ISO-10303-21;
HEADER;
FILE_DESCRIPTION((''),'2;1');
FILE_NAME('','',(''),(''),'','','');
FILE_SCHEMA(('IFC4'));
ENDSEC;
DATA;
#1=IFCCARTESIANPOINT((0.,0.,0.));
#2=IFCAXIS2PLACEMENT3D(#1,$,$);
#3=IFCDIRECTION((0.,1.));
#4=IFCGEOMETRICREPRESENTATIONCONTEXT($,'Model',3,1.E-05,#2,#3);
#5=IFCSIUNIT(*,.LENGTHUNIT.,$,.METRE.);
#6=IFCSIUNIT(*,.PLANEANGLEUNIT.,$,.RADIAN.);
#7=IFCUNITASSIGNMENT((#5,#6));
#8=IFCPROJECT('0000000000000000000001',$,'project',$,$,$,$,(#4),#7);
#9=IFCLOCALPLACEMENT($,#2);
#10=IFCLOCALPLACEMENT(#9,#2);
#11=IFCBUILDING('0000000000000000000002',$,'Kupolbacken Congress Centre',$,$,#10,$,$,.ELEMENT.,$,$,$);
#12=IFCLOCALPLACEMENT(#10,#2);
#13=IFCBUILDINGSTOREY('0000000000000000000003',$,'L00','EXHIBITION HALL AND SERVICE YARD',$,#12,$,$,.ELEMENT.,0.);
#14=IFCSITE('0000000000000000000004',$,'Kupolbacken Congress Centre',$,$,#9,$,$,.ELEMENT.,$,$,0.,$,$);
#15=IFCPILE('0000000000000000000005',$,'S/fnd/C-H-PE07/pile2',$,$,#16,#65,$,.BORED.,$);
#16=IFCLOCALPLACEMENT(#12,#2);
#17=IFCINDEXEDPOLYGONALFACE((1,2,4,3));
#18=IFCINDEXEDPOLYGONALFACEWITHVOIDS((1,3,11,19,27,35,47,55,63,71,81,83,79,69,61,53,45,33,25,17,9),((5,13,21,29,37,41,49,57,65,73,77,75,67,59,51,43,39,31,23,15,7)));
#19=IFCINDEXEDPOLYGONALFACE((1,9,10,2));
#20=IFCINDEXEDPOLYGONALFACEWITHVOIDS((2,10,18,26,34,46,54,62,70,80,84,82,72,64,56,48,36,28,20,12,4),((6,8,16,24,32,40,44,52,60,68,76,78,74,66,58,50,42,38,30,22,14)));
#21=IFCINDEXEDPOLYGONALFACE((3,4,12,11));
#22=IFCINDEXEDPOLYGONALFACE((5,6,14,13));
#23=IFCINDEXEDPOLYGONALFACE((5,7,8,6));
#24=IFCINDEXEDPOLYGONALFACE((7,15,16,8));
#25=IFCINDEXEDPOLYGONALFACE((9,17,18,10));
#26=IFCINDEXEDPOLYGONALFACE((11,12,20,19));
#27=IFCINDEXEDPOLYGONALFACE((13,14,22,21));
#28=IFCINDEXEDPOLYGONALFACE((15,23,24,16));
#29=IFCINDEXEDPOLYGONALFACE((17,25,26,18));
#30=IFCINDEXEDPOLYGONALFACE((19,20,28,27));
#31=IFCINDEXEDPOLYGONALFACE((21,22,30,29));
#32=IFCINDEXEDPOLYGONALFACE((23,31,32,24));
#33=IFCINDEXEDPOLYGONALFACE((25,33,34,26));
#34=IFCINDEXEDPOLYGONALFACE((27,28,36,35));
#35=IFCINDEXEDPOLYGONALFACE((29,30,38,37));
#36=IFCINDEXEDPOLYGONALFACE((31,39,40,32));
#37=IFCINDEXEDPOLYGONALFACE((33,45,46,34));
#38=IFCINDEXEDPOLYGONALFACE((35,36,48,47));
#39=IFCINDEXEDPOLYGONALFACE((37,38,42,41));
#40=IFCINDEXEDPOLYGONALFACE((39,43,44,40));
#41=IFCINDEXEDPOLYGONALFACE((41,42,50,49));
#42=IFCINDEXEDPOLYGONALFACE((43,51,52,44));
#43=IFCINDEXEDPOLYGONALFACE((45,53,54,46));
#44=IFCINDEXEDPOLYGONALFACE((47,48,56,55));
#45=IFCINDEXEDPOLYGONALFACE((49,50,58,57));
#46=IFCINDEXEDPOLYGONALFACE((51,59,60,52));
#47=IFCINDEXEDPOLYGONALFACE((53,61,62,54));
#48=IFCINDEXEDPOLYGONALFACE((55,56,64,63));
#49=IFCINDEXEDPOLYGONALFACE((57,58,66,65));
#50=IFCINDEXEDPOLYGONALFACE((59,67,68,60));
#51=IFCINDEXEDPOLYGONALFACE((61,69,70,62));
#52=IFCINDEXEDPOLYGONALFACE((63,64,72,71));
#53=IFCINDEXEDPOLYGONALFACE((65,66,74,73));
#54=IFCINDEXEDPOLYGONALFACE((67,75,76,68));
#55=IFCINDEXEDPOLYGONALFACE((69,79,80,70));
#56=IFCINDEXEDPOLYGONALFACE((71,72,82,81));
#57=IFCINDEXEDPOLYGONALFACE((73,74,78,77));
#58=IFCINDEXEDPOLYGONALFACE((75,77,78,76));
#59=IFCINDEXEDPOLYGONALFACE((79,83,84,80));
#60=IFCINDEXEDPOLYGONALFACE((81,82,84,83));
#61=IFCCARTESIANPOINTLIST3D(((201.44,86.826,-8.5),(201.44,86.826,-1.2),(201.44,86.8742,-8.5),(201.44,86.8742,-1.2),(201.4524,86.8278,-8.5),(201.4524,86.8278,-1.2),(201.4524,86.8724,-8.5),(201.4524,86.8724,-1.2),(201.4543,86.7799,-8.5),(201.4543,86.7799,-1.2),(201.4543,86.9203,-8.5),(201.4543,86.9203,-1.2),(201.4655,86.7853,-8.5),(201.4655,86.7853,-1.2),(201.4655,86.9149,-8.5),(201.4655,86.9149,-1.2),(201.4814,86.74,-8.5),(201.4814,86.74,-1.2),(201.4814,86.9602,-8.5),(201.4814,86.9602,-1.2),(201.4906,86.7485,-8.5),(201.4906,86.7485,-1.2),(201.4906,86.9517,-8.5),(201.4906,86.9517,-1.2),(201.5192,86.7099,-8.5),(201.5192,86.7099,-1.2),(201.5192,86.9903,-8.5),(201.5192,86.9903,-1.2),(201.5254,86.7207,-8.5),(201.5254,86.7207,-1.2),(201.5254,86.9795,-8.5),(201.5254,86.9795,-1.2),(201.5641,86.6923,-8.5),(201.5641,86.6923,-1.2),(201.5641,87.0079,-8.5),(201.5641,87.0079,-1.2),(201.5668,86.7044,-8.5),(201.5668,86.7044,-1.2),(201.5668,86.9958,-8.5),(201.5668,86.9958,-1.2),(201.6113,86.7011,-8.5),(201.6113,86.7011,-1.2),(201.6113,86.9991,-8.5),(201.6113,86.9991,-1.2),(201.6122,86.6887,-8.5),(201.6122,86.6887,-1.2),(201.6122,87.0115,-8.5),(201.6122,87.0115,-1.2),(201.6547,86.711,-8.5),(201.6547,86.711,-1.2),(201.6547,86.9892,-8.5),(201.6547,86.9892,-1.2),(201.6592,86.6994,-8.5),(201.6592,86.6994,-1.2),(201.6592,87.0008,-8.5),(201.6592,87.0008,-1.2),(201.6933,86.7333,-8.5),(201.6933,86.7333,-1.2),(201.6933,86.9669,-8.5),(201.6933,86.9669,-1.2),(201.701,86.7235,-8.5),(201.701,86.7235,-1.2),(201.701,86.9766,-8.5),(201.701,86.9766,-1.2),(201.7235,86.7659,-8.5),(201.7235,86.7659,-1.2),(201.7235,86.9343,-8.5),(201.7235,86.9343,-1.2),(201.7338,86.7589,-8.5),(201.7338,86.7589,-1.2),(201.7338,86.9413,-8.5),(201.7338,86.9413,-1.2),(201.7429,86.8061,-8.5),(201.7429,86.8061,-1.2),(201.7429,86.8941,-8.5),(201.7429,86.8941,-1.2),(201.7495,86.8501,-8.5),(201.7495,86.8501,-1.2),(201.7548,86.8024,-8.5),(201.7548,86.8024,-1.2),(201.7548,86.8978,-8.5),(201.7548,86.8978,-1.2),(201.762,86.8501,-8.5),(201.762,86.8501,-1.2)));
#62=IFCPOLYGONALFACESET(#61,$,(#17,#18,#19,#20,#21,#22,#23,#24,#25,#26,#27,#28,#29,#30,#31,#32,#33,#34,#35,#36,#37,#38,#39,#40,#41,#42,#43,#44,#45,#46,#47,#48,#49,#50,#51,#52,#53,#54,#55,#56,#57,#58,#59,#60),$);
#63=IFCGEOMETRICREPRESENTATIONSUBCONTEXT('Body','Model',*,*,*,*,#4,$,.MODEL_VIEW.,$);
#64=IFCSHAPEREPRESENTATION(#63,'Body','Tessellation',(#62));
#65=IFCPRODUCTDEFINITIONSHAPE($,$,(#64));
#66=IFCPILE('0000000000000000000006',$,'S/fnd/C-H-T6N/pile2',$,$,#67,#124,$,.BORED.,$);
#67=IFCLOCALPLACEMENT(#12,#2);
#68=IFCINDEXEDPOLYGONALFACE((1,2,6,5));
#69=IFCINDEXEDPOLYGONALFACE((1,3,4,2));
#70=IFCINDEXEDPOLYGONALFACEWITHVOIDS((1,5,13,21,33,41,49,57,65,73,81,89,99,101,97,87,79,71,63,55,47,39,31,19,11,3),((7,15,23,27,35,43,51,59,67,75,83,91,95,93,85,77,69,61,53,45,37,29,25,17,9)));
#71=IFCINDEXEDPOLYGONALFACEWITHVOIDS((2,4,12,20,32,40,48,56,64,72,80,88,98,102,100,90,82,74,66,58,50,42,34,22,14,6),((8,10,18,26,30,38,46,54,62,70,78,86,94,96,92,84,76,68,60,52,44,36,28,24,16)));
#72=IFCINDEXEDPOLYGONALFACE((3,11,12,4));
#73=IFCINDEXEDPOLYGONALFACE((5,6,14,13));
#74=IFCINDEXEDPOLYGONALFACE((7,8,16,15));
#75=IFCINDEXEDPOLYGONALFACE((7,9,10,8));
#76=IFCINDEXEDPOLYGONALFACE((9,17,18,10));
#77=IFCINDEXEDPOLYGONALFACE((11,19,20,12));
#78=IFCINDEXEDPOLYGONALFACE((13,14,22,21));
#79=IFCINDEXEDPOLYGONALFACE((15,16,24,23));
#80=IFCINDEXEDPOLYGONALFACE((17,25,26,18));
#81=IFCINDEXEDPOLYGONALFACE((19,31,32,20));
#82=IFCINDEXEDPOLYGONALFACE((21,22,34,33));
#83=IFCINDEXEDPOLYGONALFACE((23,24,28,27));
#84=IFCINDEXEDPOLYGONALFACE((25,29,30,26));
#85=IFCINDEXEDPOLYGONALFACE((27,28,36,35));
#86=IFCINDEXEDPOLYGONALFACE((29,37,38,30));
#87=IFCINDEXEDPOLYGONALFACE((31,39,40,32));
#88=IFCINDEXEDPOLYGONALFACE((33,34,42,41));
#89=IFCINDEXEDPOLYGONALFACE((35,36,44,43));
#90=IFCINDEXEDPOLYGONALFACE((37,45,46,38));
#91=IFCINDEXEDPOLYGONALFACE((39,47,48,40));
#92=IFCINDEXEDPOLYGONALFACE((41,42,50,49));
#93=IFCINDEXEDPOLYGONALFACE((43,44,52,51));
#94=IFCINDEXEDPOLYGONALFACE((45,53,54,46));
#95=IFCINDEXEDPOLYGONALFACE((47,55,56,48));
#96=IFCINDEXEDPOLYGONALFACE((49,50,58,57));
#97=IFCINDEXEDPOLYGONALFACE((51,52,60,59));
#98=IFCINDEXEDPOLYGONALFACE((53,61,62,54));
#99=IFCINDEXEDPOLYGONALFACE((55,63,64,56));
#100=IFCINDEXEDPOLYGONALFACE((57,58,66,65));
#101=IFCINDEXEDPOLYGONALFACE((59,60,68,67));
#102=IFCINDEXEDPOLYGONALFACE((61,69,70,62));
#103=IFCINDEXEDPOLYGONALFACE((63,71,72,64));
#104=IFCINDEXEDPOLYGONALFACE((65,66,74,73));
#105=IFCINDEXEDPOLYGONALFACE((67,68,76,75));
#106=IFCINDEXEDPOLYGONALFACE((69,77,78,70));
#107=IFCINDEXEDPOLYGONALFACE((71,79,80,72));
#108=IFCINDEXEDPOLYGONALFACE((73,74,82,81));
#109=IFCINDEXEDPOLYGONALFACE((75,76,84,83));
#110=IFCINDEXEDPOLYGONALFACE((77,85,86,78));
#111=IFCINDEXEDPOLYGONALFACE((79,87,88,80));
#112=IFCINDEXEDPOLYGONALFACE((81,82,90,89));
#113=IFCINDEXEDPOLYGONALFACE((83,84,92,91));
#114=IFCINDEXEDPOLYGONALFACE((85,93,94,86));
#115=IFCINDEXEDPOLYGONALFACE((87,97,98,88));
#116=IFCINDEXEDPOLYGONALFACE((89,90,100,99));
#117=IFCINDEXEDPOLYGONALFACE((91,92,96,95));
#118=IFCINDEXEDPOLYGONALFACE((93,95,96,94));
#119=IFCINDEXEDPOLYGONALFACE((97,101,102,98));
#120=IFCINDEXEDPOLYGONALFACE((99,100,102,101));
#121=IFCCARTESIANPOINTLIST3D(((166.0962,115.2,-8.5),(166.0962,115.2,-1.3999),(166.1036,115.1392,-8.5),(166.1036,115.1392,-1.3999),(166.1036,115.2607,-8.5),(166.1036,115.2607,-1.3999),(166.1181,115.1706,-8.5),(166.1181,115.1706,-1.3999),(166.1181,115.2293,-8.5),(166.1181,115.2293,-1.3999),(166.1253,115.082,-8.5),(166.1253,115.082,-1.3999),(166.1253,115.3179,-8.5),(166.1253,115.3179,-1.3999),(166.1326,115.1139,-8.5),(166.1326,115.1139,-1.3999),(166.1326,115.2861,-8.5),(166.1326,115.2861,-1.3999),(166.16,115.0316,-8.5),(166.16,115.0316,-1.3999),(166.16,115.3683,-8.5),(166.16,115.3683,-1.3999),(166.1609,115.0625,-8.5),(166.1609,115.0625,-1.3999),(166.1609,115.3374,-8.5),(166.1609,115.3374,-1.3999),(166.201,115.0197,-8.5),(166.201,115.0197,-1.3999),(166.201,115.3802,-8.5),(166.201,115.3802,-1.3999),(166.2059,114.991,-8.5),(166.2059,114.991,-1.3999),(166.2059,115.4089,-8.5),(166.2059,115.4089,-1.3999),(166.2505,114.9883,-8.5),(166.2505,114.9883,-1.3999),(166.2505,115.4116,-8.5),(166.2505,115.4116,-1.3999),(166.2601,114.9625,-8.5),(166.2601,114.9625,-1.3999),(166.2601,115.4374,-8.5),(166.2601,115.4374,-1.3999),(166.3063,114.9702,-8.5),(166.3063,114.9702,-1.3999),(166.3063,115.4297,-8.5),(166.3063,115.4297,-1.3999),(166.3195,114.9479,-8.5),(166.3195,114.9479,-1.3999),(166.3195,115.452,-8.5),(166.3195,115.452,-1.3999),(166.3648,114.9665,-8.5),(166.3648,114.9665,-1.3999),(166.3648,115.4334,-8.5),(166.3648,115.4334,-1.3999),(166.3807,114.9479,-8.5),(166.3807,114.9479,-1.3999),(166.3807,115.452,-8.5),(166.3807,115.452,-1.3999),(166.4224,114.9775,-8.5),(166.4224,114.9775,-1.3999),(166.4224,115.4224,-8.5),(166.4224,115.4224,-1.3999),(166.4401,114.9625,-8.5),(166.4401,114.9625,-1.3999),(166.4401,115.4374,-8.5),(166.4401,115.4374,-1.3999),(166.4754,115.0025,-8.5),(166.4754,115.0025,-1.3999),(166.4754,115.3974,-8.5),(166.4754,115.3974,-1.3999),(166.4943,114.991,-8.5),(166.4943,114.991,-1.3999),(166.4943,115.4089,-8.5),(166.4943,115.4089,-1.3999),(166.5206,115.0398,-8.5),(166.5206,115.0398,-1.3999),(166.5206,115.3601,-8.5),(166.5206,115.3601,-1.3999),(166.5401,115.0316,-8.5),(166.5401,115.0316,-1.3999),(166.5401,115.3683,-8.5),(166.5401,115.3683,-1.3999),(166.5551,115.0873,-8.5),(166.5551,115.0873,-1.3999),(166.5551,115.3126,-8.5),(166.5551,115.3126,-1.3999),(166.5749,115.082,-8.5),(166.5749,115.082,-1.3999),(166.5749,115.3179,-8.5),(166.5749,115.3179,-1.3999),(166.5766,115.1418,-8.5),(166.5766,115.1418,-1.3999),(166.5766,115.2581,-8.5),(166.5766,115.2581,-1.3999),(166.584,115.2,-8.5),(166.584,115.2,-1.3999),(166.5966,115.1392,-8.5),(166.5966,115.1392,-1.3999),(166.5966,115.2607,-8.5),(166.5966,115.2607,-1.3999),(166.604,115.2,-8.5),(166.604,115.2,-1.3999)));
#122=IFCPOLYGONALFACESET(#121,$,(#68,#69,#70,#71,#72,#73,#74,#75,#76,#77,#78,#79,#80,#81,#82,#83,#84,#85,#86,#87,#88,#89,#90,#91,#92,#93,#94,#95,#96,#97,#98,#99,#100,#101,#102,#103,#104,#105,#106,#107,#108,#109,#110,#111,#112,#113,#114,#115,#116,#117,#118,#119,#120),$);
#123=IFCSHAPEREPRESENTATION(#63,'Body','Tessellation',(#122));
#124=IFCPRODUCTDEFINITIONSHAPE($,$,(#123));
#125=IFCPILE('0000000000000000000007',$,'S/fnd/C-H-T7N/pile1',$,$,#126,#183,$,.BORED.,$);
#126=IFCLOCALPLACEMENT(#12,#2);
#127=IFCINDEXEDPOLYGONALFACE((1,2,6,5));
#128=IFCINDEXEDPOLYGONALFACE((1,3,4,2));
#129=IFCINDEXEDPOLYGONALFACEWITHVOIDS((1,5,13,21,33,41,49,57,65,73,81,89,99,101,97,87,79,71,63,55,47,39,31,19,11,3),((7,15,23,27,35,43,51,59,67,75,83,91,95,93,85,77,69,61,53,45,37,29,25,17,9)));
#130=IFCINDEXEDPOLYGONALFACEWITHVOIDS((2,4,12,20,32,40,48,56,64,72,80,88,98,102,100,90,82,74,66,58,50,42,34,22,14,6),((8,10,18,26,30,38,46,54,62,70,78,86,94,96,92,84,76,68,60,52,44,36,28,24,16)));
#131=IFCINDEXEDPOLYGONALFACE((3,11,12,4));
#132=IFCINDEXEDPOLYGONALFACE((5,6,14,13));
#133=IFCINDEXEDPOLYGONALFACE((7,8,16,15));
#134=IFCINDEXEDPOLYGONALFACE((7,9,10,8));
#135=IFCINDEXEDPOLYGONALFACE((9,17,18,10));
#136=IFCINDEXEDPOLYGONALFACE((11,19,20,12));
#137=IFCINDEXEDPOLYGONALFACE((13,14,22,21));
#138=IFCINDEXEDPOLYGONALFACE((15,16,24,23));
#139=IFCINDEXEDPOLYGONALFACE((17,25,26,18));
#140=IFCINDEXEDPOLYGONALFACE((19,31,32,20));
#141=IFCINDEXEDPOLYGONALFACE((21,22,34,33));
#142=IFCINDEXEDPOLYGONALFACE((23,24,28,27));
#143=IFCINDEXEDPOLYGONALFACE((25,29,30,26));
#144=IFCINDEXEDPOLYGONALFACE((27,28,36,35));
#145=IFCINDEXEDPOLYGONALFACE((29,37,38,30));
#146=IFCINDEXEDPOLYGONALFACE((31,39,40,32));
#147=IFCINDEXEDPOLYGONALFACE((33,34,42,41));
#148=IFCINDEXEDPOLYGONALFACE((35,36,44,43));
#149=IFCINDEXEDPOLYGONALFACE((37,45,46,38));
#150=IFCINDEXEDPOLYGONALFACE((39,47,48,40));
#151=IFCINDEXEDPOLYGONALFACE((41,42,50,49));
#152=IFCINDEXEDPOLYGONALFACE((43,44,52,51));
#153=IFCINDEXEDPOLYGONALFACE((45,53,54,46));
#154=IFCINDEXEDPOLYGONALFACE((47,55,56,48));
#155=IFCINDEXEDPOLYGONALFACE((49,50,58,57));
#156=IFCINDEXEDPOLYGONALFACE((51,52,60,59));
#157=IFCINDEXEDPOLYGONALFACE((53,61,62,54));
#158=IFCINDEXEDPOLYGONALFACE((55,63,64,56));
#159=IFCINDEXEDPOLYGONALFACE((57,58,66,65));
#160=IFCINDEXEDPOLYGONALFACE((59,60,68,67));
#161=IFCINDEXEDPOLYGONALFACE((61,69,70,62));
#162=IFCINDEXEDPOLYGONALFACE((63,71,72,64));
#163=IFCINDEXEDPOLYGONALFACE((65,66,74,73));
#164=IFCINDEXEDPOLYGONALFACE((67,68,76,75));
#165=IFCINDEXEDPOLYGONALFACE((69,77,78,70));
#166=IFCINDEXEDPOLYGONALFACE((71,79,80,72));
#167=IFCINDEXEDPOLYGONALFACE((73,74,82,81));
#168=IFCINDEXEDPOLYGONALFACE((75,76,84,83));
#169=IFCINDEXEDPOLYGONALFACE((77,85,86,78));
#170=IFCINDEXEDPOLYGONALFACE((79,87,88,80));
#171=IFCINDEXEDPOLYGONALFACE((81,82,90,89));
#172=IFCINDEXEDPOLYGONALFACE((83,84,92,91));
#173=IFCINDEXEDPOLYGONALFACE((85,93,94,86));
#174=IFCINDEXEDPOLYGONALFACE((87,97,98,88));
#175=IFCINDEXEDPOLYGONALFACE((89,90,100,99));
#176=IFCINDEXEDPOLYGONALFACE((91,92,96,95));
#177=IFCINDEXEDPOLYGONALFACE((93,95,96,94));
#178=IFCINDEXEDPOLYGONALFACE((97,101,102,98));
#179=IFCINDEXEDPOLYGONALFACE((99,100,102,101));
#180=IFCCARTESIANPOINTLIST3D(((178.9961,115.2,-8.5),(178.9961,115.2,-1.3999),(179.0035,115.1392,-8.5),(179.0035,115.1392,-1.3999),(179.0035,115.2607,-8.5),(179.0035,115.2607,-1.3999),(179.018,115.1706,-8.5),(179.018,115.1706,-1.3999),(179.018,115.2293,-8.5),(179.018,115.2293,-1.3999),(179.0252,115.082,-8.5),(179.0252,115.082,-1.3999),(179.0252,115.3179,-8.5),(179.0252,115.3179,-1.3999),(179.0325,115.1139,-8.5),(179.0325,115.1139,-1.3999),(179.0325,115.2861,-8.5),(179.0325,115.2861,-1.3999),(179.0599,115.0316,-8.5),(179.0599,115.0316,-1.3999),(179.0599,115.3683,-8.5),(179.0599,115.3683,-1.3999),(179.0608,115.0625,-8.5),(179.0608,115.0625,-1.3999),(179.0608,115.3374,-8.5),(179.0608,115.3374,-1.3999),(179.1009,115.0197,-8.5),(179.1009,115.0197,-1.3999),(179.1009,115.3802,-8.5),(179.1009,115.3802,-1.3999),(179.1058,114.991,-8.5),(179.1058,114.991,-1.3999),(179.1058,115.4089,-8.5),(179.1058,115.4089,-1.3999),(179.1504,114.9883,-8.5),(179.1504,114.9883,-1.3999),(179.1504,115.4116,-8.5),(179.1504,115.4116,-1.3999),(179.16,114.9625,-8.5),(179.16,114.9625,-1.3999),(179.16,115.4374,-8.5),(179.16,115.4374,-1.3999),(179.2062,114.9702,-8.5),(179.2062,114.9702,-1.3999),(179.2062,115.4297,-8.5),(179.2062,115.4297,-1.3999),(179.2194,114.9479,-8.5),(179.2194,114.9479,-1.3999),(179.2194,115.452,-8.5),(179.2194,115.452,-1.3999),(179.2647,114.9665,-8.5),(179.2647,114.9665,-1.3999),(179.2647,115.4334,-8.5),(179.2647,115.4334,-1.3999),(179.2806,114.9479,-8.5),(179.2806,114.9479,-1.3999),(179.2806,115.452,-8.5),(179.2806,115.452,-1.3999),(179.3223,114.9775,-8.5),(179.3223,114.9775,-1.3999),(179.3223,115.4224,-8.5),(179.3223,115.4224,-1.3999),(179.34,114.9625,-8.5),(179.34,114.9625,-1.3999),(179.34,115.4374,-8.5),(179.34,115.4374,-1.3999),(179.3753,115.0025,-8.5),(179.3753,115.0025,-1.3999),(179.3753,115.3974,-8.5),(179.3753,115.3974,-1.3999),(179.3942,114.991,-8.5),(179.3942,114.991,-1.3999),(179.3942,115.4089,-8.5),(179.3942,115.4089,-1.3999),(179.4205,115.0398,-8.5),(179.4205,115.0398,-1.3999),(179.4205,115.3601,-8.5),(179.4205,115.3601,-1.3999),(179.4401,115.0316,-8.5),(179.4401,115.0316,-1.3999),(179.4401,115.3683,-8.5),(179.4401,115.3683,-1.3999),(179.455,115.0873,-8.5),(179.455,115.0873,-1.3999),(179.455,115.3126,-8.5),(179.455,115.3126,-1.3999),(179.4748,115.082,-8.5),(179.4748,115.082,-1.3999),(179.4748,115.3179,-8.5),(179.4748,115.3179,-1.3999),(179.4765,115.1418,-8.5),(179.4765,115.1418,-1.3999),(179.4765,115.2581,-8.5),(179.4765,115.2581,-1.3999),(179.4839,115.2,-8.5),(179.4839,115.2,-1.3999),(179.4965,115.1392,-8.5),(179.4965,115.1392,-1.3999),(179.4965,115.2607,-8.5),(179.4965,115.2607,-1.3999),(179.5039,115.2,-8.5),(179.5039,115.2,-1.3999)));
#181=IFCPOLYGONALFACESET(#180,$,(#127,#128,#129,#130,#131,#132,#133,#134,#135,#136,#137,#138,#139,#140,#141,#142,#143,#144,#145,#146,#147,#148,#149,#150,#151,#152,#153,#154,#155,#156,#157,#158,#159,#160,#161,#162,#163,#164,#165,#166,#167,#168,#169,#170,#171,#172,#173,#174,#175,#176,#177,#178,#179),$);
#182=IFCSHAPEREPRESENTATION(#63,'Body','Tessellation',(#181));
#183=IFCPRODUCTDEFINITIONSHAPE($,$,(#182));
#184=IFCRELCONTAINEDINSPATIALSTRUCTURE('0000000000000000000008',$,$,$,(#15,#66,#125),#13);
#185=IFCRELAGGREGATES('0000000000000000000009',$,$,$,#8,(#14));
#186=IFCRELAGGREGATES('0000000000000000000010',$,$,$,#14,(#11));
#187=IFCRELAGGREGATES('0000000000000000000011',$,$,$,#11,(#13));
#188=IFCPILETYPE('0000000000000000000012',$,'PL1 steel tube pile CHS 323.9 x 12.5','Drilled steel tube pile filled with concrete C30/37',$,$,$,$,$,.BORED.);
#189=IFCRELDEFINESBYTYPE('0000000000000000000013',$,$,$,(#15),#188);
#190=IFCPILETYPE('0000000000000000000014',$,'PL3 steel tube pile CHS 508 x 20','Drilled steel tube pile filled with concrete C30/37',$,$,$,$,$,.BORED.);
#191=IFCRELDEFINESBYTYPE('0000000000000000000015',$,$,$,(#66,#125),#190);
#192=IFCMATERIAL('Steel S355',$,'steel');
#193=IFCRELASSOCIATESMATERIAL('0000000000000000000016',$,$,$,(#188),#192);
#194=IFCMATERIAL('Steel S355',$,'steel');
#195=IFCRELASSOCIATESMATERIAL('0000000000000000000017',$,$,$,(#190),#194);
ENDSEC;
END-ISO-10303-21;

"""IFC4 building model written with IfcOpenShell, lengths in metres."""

from ifc_helpers import new_model, si_unit, direction, frame, origin, origin_2d, place, context, subcontext, project, spatial, hollow_circle, extrude, material, material_profile, profile_set, type_object, element, save


model = new_model("IFC4")

# Units and contexts
model_context = context("Model", 3, precision=1e-05, world=origin(), true_north=direction((0.0, 1.0)))
body_context = subcontext(model_context, "Body", "Model", "MODEL_VIEW")
ifc_project = project(units=[si_unit("LENGTHUNIT", "METRE"), si_unit("PLANEANGLEUNIT", "RADIAN")], contexts=[model_context])

# Site, building, storey
site_placement = place(None, origin())
site = spatial("IfcSite", under=ifc_project, at=site_placement, Name="Kupolbacken Congress Centre", CompositionType="ELEMENT", RefElevation=0.0)
building_placement = place(site_placement, origin())
building = spatial("IfcBuilding", under=site, at=building_placement, Name="Kupolbacken Congress Centre", CompositionType="ELEMENT")
storey_placement = place(building_placement, origin())
storey = spatial("IfcBuildingStorey", under=building, at=storey_placement, Name="L00", Description="EXHIBITION HALL AND SERVICE YARD", CompositionType="ELEMENT", Elevation=0.0)

# Piles
ifc_material_1 = material(Name="Steel S355", Category="steel")
ifc_material_profile_1 = material_profile(ifc_material_1, hollow_circle(Radius=0.1619, WallThickness=0.0125, at=origin_2d()), Name="CHS 323.9 x 12.5")
ifc_profile_set_1 = profile_set([ifc_material_profile_1], Name="Steel S355")
pile_type_1 = type_object("IfcPileType", Name="PL1 steel tube pile CHS 323.9 x 12.5", Description="Drilled steel tube pile filled with concrete C30/37", PredefinedType="BORED", material=ifc_profile_set_1)
for number, where, z_axis, x_axis, name in (
    (1, (201.6001, 86.8501, -1.2), (0.0, 0.0, -1.0), (1.0, 0.0, 0.0), "S/fnd/C-H-PE07/pile2"),
):
    element("IfcPile", number, at=place(storey_placement, frame(where, z_axis=z_axis, x_axis=x_axis)), inside=storey, type_object=pile_type_1, Name=name, PredefinedType="BORED", context=body_context, shape_type="SweptSolid", body=[
        extrude(hollow_circle(Radius=0.1619, WallThickness=0.0125, at=origin_2d()), origin(), (0.0, 0.0, 1.0), 7.3),
    ])
ifc_material_2 = material(Name="Steel S355", Category="steel")
ifc_material_profile_2 = material_profile(ifc_material_2, hollow_circle(Radius=0.2539, WallThickness=0.02, at=origin_2d()), Name="CHS 508 x 20")
ifc_profile_set_2 = profile_set([ifc_material_profile_2], Name="Steel S355")
pile_type_2 = type_object("IfcPileType", Name="PL3 steel tube pile CHS 508 x 20", Description="Drilled steel tube pile filled with concrete C30/37", PredefinedType="BORED", material=ifc_profile_set_2)
for number, where, z_axis, x_axis, name in (
    (2, (166.3501, 115.2, -1.3999), (0.0, 0.0, -1.0), (1.0, 0.0, 0.0), "S/fnd/C-H-T6N/pile2"),
    (3, (179.25, 115.2, -1.3999), (0.0, 0.0, -1.0), (1.0, 0.0, 0.0), "S/fnd/C-H-T7N/pile1"),
):
    element("IfcPile", number, at=place(storey_placement, frame(where, z_axis=z_axis, x_axis=x_axis)), inside=storey, type_object=pile_type_2, Name=name, PredefinedType="BORED", context=body_context, shape_type="SweptSolid", body=[
        extrude(hollow_circle(Radius=0.2539, WallThickness=0.02, at=origin_2d()), origin(), (0.0, 0.0, 1.0), 7.1001),
    ])

save(model, "model.ifc")
